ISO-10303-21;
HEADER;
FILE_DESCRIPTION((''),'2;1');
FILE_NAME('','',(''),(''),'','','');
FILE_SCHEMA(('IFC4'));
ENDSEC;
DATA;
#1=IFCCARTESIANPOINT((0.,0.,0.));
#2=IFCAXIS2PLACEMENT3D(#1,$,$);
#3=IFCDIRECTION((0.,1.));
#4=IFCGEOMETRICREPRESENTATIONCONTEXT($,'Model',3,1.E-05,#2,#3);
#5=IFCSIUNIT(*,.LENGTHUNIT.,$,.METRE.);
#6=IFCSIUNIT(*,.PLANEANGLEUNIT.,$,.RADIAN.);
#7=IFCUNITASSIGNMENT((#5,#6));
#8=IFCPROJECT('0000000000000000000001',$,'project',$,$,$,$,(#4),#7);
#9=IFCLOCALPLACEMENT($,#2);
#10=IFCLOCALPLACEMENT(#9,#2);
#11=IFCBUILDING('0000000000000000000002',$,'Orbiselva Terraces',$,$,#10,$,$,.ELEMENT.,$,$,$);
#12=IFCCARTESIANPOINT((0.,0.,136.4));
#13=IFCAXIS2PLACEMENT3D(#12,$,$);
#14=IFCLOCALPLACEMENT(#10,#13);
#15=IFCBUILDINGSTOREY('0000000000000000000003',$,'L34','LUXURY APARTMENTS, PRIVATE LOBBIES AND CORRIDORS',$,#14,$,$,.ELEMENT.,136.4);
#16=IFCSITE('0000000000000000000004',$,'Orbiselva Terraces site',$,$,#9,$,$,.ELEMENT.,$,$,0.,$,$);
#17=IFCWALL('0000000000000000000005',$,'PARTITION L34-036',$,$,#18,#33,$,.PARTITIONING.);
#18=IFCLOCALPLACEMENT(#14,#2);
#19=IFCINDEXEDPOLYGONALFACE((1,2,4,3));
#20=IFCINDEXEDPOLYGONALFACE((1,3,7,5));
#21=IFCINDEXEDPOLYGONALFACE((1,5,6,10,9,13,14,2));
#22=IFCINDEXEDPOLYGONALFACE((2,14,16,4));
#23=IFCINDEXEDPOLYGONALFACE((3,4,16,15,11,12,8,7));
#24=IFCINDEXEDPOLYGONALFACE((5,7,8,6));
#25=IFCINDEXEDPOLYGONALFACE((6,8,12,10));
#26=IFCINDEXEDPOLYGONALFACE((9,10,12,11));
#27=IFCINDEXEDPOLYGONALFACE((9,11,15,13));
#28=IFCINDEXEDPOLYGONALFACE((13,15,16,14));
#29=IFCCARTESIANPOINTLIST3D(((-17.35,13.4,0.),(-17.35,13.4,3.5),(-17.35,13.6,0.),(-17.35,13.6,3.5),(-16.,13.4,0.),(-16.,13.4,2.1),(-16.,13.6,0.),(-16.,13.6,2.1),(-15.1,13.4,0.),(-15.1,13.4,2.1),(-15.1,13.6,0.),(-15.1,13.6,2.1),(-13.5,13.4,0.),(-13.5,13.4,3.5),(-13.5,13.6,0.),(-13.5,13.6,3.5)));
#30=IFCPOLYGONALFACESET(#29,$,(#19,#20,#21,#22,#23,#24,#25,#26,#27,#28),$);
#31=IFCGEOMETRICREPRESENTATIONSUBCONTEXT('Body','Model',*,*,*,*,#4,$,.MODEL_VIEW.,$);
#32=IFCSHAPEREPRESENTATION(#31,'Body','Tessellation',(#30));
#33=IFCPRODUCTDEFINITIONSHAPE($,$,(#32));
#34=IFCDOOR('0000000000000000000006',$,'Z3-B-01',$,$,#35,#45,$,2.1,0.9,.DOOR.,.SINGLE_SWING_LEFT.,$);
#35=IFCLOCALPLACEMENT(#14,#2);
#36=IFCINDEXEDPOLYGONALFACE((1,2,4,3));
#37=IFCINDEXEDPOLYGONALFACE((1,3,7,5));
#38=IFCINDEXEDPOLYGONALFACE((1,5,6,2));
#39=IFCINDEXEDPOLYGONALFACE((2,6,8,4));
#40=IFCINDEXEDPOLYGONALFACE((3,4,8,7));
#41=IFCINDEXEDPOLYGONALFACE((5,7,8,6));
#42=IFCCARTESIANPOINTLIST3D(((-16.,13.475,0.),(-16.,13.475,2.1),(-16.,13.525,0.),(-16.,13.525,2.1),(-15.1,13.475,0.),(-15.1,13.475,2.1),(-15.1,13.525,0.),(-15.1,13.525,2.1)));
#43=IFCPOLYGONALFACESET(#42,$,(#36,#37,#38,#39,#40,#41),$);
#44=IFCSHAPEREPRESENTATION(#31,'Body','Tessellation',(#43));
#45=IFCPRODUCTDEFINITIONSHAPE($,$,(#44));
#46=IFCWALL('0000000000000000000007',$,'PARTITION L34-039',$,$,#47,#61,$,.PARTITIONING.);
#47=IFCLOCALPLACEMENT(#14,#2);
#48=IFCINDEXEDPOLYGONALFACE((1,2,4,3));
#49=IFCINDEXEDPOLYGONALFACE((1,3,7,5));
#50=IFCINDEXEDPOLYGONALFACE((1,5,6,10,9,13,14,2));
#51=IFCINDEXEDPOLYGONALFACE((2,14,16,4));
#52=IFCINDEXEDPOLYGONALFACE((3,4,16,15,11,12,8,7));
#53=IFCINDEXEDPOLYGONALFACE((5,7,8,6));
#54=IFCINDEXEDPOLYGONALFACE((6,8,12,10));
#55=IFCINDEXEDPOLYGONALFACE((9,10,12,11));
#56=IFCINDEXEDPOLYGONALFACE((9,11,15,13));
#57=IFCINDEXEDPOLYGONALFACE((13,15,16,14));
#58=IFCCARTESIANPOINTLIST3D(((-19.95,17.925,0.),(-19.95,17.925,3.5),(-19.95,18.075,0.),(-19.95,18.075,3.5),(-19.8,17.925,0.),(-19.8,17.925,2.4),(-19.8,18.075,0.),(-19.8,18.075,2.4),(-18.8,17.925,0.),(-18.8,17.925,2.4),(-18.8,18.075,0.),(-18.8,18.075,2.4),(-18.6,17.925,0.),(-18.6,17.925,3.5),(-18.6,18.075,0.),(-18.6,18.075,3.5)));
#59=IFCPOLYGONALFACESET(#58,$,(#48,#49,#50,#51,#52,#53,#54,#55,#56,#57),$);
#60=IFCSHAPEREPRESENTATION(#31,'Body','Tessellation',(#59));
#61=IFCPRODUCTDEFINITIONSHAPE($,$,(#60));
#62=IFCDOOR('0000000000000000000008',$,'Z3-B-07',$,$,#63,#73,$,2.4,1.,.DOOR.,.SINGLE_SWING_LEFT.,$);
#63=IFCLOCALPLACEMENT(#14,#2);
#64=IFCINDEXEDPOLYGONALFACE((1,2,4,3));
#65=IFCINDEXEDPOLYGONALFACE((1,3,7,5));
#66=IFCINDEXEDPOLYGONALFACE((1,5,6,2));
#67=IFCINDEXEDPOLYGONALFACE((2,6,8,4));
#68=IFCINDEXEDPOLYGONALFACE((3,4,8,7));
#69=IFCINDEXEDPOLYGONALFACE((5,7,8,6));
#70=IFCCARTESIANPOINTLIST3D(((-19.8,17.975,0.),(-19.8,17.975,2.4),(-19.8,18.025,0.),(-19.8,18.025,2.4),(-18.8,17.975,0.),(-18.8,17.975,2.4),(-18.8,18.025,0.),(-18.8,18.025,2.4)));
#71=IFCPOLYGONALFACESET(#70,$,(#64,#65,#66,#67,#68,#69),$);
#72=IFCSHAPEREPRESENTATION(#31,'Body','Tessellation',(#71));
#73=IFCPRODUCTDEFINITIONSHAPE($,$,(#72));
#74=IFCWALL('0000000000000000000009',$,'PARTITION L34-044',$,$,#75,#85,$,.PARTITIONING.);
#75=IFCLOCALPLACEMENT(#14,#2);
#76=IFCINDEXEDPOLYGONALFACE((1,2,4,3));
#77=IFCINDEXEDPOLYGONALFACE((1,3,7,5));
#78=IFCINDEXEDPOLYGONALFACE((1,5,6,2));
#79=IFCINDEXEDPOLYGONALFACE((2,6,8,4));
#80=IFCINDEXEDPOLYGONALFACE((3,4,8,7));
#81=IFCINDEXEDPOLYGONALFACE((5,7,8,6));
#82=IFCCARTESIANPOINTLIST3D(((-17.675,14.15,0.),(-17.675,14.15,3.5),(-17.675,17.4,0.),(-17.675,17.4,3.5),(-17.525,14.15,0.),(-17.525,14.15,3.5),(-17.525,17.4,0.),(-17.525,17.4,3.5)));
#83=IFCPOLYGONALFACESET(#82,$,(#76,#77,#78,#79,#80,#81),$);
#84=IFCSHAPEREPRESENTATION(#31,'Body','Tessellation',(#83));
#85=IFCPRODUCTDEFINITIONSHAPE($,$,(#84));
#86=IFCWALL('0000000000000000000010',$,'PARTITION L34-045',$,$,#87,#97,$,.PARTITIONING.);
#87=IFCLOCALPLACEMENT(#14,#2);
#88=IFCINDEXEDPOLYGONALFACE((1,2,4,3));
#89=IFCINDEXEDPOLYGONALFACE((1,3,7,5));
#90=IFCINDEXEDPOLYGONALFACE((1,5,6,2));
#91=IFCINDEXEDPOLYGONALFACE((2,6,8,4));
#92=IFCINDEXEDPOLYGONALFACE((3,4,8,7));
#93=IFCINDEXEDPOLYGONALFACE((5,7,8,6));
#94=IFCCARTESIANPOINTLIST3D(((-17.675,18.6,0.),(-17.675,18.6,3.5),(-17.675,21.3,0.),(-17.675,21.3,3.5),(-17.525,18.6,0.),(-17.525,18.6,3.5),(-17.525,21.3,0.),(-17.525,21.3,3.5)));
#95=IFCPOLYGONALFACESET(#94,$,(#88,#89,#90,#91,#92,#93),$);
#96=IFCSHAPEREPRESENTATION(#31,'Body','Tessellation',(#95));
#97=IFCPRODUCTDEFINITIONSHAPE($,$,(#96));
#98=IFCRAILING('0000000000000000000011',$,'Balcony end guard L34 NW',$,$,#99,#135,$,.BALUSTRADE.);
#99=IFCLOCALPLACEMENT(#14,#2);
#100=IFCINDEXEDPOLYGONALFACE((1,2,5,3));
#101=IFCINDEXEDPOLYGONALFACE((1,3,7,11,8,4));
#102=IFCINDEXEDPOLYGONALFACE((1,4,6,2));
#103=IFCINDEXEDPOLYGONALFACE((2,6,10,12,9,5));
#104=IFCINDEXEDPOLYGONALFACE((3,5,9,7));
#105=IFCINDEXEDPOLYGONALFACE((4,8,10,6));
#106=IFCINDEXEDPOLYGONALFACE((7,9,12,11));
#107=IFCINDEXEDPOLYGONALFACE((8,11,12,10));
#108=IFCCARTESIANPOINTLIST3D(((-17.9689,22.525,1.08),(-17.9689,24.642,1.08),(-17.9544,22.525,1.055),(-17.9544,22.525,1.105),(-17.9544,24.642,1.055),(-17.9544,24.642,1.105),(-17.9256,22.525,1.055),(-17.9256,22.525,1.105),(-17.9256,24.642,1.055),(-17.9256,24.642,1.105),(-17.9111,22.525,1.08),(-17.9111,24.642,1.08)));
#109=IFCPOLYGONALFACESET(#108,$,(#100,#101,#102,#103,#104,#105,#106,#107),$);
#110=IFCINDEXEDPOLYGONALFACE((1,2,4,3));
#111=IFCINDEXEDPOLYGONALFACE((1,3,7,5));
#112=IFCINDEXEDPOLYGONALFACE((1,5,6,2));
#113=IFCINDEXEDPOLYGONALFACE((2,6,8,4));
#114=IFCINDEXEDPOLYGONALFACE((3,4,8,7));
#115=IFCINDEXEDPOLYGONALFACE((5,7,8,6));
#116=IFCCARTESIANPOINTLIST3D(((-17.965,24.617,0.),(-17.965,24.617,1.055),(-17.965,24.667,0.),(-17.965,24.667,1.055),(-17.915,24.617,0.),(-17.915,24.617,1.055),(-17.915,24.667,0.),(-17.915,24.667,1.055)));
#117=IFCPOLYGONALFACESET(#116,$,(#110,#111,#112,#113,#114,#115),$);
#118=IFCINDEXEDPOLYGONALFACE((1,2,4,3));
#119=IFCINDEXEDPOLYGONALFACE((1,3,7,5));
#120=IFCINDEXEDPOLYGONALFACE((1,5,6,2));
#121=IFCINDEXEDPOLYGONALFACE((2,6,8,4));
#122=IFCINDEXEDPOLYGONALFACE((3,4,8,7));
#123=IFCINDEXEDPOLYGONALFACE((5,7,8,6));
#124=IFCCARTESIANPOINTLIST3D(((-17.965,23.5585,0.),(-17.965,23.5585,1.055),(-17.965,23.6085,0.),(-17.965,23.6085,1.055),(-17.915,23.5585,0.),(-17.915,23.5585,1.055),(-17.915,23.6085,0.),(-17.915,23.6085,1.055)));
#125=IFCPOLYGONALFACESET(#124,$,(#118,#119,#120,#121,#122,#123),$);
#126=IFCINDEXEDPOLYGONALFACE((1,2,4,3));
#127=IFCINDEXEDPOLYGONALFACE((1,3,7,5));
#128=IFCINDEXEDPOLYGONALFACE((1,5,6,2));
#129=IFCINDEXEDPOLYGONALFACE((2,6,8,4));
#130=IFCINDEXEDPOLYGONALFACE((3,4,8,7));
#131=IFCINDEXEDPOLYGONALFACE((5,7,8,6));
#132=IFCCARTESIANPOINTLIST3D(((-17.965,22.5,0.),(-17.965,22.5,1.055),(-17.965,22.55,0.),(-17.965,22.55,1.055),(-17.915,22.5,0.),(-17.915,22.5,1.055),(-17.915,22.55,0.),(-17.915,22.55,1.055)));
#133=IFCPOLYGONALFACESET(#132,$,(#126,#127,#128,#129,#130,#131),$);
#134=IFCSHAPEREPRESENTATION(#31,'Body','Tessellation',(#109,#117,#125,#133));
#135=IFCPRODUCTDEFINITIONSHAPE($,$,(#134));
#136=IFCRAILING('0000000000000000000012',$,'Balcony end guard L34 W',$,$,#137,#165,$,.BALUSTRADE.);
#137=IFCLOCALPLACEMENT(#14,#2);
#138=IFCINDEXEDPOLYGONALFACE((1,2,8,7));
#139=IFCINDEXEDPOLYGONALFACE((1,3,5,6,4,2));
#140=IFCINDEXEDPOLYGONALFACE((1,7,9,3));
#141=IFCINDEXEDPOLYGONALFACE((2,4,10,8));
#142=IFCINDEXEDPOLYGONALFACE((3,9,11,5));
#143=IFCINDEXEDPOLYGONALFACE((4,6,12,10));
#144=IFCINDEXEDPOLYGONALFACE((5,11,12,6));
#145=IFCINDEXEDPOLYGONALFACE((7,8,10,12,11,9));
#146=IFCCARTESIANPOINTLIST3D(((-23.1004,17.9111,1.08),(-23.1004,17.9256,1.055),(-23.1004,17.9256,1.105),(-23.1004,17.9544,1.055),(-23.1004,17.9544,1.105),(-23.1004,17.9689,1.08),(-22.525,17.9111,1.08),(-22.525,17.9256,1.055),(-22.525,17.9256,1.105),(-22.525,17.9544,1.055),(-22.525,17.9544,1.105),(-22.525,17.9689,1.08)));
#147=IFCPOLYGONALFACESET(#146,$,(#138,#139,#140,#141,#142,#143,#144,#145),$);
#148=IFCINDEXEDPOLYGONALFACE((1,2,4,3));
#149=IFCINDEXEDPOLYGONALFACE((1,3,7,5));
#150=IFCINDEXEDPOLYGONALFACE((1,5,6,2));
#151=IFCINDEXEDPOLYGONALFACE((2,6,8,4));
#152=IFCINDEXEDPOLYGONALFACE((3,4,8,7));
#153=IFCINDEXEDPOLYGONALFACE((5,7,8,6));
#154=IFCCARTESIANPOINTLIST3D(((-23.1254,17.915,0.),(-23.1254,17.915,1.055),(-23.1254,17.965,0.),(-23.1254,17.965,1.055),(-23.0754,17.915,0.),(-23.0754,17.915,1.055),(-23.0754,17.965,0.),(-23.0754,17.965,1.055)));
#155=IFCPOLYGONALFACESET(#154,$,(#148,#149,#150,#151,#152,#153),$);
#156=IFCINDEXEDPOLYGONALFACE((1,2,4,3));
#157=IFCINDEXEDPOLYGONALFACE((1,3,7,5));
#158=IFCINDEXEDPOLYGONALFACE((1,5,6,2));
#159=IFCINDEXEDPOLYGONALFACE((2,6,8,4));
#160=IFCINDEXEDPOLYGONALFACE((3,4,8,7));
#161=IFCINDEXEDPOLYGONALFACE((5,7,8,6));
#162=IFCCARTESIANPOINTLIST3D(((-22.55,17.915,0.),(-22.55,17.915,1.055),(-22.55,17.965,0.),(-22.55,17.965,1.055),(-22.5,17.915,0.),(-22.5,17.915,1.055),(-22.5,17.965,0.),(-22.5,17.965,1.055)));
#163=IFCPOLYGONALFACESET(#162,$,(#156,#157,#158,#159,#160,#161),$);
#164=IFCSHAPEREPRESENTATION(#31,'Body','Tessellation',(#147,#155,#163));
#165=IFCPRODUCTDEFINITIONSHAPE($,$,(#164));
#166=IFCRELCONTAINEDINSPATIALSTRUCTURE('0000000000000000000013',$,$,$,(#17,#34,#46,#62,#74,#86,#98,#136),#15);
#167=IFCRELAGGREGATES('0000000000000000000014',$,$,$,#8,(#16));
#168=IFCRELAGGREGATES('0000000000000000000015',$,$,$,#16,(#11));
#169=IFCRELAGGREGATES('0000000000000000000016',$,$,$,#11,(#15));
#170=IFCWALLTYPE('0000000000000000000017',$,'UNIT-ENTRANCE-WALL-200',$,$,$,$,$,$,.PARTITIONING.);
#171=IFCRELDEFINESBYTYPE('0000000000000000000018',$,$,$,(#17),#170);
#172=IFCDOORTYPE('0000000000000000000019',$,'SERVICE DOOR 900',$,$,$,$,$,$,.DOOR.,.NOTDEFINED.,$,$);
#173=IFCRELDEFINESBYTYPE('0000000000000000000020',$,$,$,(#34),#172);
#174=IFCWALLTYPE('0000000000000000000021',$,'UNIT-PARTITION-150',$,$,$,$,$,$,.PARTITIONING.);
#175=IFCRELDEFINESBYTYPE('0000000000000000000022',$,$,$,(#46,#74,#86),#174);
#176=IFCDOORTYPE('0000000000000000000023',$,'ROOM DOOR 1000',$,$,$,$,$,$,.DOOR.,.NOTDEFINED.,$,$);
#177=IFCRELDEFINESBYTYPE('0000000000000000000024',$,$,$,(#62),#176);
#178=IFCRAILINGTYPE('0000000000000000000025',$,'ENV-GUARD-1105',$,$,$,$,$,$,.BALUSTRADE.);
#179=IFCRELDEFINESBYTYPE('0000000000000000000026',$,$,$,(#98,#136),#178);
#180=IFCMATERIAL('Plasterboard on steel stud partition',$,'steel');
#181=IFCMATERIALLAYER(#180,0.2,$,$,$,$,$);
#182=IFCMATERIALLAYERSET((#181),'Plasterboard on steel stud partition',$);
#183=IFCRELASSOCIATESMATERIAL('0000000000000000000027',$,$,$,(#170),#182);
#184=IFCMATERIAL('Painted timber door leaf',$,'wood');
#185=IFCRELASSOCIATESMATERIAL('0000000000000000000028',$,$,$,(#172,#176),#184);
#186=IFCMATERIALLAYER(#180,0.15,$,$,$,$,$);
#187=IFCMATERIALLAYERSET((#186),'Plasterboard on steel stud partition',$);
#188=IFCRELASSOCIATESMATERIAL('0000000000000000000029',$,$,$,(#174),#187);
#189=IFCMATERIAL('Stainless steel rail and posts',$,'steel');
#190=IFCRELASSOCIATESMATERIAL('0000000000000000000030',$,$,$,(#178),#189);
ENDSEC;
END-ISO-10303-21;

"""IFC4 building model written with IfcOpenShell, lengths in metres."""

from ifc_helpers import new_model, si_unit, direction, frame, frame_2d, origin, origin_2d, place, context, subcontext, project, spatial, polyline, rectangle, outline, extrude, material, layer, layer_set, type_object, element, fill, save


model = new_model("IFC4")

# Units and contexts
model_context = context("Model", 3, precision=1e-05, world=origin(), true_north=direction((0.0, 1.0)))
body_context = subcontext(model_context, "Body", "Model", "MODEL_VIEW")
ifc_project = project(units=[si_unit("LENGTHUNIT", "METRE"), si_unit("PLANEANGLEUNIT", "RADIAN")], contexts=[model_context])

# Site, building, storey
site_placement = place(None, origin())
site = spatial("IfcSite", under=ifc_project, at=site_placement, Name="Orbiselva Terraces site", CompositionType="ELEMENT", RefElevation=0.0)
building_placement = place(site_placement, origin())
building = spatial("IfcBuilding", under=site, at=building_placement, Name="Orbiselva Terraces", CompositionType="ELEMENT")
storey_placement = place(building_placement, frame((0.0, 0.0, 136.4)))
storey = spatial("IfcBuildingStorey", under=building, at=storey_placement, Name="L34", Description="LUXURY APARTMENTS, PRIVATE LOBBIES AND CORRIDORS", CompositionType="ELEMENT", Elevation=136.4)

# Walls, openings, doors
ifc_material_1 = material(Name="Plasterboard on steel stud partition", Category="steel")
ifc_layer_1 = layer(ifc_material_1, 0.2)
ifc_layer_set_1 = layer_set([ifc_layer_1], Name="Plasterboard on steel stud partition")
wall_type_1 = type_object("IfcWallType", Name="UNIT-ENTRANCE-WALL-200", PredefinedType="PARTITIONING", material=ifc_layer_set_1)
wall_1_placement = place(storey_placement, frame((-17.35, 13.5, 0.0), z_axis=(0.0, 0.0, 1.0), x_axis=(1.0, 0.0, 0.0)))
wall_1 = element("IfcWall", 1, at=wall_1_placement, inside=storey, type_object=wall_type_1, Name="PARTITION L34-036", PredefinedType="PARTITIONING", context=body_context, shape_type="SweptSolid", body=[
    extrude(rectangle(XDim=3.85, YDim=0.2, at=frame_2d((1.925, 0.0))), origin(), (0.0, 0.0, 1.0), 3.5),
])
opening_1_placement = place(wall_1_placement, frame((1.35, 0.0, 0.0)))
opening_1 = element("IfcOpeningElement", 2, at=opening_1_placement, cuts=wall_1, PredefinedType="OPENING", context=body_context, shape_type="SweptSolid", body=[
    extrude(rectangle(XDim=0.9, YDim=2.1, at=frame_2d((0.45, 1.05))), frame((0.0, 0.11, 0.0), z_axis=(0.0, -1.0, 0.0), x_axis=(1.0, 0.0, 0.0)), (0.0, 0.0, 1.0), 0.22),
])
ifc_material_2 = material(Name="Painted timber door leaf", Category="wood")
door_type_1 = type_object("IfcDoorType", Name="SERVICE DOOR 900", OperationType="NOTDEFINED", PredefinedType="DOOR", material=ifc_material_2)
door_1_placement = place(opening_1_placement, origin())
door_1 = element("IfcDoor", 3, at=door_1_placement, inside=storey, type_object=door_type_1, Name="Z3-B-01", OperationType="SINGLE_SWING_LEFT", OverallHeight=2.1, OverallWidth=0.9, PredefinedType="DOOR", context=body_context, shape_type="SweptSolid", body=[
    extrude(rectangle(XDim=0.9, YDim=2.1, at=frame_2d((0.45, 1.05))), frame((0.0, 0.025, 0.0), z_axis=(0.0, -1.0, 0.0), x_axis=(1.0, 0.0, 0.0)), (0.0, 0.0, 1.0), 0.05),
])
fill(opening_1, door_1)
ifc_layer_2 = layer(ifc_material_1, 0.15)
ifc_layer_set_2 = layer_set([ifc_layer_2], Name="Plasterboard on steel stud partition")
wall_type_2 = type_object("IfcWallType", Name="UNIT-PARTITION-150", PredefinedType="PARTITIONING", material=ifc_layer_set_2)
wall_2_placement = place(storey_placement, frame((-19.95, 18.0, 0.0), z_axis=(0.0, 0.0, 1.0), x_axis=(1.0, 0.0, 0.0)))
wall_2 = element("IfcWall", 4, at=wall_2_placement, inside=storey, type_object=wall_type_2, Name="PARTITION L34-039", PredefinedType="PARTITIONING", context=body_context, shape_type="SweptSolid", body=[
    extrude(rectangle(XDim=1.35, YDim=0.15, at=frame_2d((0.675, 0.0))), origin(), (0.0, 0.0, 1.0), 3.5),
])
opening_2_placement = place(wall_2_placement, frame((0.15, 0.0, 0.0)))
opening_2 = element("IfcOpeningElement", 5, at=opening_2_placement, cuts=wall_2, PredefinedType="OPENING", context=body_context, shape_type="SweptSolid", body=[
    extrude(rectangle(XDim=1.0, YDim=2.4, at=frame_2d((0.5, 1.2))), frame((0.0, 0.085, 0.0), z_axis=(0.0, -1.0, 0.0), x_axis=(1.0, 0.0, 0.0)), (0.0, 0.0, 1.0), 0.17),
])
door_type_2 = type_object("IfcDoorType", Name="ROOM DOOR 1000", OperationType="NOTDEFINED", PredefinedType="DOOR", material=ifc_material_2)
door_2_placement = place(opening_2_placement, origin())
door_2 = element("IfcDoor", 6, at=door_2_placement, inside=storey, type_object=door_type_2, Name="Z3-B-07", OperationType="SINGLE_SWING_LEFT", OverallHeight=2.4, OverallWidth=1.0, PredefinedType="DOOR", context=body_context, shape_type="SweptSolid", body=[
    extrude(rectangle(XDim=1.0, YDim=2.4, at=frame_2d((0.5, 1.2))), frame((0.0, 0.025, 0.0), z_axis=(0.0, -1.0, 0.0), x_axis=(1.0, 0.0, 0.0)), (0.0, 0.0, 1.0), 0.05),
])
fill(opening_2, door_2)

# Walls
wall_3_placement = place(storey_placement, frame((-17.6, 14.15, 0.0), z_axis=(0.0, 0.0, 1.0), x_axis=(0.0, 1.0, 0.0)))
element("IfcWall", 7, at=wall_3_placement, inside=storey, type_object=wall_type_2, Name="PARTITION L34-044", PredefinedType="PARTITIONING", context=body_context, shape_type="SweptSolid", body=[
    extrude(rectangle(XDim=3.25, YDim=0.15, at=frame_2d((1.625, 0.0))), origin(), (0.0, 0.0, 1.0), 3.5),
])
wall_4_placement = place(storey_placement, frame((-17.6, 18.6, 0.0), z_axis=(0.0, 0.0, 1.0), x_axis=(0.0, 1.0, 0.0)))
element("IfcWall", 8, at=wall_4_placement, inside=storey, type_object=wall_type_2, Name="PARTITION L34-045", PredefinedType="PARTITIONING", context=body_context, shape_type="SweptSolid", body=[
    extrude(rectangle(XDim=2.7, YDim=0.15, at=frame_2d((1.35, 0.0))), origin(), (0.0, 0.0, 1.0), 3.5),
])

# Railings
ifc_material_3 = material(Name="Stainless steel rail and posts", Category="steel")
railing_type_1 = type_object("IfcRailingType", Name="ENV-GUARD-1105", PredefinedType="BALUSTRADE", material=ifc_material_3)
railing_1_placement = place(storey_placement, frame((-17.94, 24.642, 0.0)))
element("IfcRailing", 9, at=railing_1_placement, inside=storey, type_object=railing_type_1, Name="Balcony end guard L34 NW", PredefinedType="BALUSTRADE", context=body_context, shape_type="SweptSolid", body=[
    extrude(outline(polyline([(0.0289, 0.0), (0.0144, 0.025), (-0.0144, 0.025), (-0.0289, 0.0), (-0.0144, -0.025), (0.0144, -0.025), (0.0289, 0.0)])), frame((0.0, 0.0, 1.08), z_axis=(0.0, -1.0, 0.0), x_axis=(1.0, 0.0, 0.0)), (0.0, 0.0, 1.0), 2.117),
    extrude(rectangle(XDim=0.05, YDim=0.05, at=origin_2d()), origin(), (0.0, 0.0, 1.0), 1.055),
    extrude(rectangle(XDim=0.05, YDim=0.05, at=origin_2d()), frame((0.0, -1.0585, 0.0)), (0.0, 0.0, 1.0), 1.055),
    extrude(rectangle(XDim=0.05, YDim=0.05, at=origin_2d()), frame((0.0, -2.117, 0.0)), (0.0, 0.0, 1.0), 1.055),
])
railing_2_placement = place(storey_placement, frame((-23.1004, 17.94, 0.0)))
element("IfcRailing", 10, at=railing_2_placement, inside=storey, type_object=railing_type_1, Name="Balcony end guard L34 W", PredefinedType="BALUSTRADE", context=body_context, shape_type="SweptSolid", body=[
    extrude(outline(polyline([(0.0289, 0.0), (0.0144, 0.025), (-0.0144, 0.025), (-0.0289, 0.0), (-0.0144, -0.025), (0.0144, -0.025), (0.0289, 0.0)])), frame((0.0, 0.0, 1.08), z_axis=(1.0, 0.0, 0.0), x_axis=(0.0, 1.0, 0.0)), (0.0, 0.0, 1.0), 0.5754),
    extrude(rectangle(XDim=0.05, YDim=0.05, at=origin_2d()), origin(), (0.0, 0.0, 1.0), 1.055),
    extrude(rectangle(XDim=0.05, YDim=0.05, at=origin_2d()), frame((0.5754, 0.0, 0.0)), (0.0, 0.0, 1.0), 1.055),
])

save(model, "model.ifc")
